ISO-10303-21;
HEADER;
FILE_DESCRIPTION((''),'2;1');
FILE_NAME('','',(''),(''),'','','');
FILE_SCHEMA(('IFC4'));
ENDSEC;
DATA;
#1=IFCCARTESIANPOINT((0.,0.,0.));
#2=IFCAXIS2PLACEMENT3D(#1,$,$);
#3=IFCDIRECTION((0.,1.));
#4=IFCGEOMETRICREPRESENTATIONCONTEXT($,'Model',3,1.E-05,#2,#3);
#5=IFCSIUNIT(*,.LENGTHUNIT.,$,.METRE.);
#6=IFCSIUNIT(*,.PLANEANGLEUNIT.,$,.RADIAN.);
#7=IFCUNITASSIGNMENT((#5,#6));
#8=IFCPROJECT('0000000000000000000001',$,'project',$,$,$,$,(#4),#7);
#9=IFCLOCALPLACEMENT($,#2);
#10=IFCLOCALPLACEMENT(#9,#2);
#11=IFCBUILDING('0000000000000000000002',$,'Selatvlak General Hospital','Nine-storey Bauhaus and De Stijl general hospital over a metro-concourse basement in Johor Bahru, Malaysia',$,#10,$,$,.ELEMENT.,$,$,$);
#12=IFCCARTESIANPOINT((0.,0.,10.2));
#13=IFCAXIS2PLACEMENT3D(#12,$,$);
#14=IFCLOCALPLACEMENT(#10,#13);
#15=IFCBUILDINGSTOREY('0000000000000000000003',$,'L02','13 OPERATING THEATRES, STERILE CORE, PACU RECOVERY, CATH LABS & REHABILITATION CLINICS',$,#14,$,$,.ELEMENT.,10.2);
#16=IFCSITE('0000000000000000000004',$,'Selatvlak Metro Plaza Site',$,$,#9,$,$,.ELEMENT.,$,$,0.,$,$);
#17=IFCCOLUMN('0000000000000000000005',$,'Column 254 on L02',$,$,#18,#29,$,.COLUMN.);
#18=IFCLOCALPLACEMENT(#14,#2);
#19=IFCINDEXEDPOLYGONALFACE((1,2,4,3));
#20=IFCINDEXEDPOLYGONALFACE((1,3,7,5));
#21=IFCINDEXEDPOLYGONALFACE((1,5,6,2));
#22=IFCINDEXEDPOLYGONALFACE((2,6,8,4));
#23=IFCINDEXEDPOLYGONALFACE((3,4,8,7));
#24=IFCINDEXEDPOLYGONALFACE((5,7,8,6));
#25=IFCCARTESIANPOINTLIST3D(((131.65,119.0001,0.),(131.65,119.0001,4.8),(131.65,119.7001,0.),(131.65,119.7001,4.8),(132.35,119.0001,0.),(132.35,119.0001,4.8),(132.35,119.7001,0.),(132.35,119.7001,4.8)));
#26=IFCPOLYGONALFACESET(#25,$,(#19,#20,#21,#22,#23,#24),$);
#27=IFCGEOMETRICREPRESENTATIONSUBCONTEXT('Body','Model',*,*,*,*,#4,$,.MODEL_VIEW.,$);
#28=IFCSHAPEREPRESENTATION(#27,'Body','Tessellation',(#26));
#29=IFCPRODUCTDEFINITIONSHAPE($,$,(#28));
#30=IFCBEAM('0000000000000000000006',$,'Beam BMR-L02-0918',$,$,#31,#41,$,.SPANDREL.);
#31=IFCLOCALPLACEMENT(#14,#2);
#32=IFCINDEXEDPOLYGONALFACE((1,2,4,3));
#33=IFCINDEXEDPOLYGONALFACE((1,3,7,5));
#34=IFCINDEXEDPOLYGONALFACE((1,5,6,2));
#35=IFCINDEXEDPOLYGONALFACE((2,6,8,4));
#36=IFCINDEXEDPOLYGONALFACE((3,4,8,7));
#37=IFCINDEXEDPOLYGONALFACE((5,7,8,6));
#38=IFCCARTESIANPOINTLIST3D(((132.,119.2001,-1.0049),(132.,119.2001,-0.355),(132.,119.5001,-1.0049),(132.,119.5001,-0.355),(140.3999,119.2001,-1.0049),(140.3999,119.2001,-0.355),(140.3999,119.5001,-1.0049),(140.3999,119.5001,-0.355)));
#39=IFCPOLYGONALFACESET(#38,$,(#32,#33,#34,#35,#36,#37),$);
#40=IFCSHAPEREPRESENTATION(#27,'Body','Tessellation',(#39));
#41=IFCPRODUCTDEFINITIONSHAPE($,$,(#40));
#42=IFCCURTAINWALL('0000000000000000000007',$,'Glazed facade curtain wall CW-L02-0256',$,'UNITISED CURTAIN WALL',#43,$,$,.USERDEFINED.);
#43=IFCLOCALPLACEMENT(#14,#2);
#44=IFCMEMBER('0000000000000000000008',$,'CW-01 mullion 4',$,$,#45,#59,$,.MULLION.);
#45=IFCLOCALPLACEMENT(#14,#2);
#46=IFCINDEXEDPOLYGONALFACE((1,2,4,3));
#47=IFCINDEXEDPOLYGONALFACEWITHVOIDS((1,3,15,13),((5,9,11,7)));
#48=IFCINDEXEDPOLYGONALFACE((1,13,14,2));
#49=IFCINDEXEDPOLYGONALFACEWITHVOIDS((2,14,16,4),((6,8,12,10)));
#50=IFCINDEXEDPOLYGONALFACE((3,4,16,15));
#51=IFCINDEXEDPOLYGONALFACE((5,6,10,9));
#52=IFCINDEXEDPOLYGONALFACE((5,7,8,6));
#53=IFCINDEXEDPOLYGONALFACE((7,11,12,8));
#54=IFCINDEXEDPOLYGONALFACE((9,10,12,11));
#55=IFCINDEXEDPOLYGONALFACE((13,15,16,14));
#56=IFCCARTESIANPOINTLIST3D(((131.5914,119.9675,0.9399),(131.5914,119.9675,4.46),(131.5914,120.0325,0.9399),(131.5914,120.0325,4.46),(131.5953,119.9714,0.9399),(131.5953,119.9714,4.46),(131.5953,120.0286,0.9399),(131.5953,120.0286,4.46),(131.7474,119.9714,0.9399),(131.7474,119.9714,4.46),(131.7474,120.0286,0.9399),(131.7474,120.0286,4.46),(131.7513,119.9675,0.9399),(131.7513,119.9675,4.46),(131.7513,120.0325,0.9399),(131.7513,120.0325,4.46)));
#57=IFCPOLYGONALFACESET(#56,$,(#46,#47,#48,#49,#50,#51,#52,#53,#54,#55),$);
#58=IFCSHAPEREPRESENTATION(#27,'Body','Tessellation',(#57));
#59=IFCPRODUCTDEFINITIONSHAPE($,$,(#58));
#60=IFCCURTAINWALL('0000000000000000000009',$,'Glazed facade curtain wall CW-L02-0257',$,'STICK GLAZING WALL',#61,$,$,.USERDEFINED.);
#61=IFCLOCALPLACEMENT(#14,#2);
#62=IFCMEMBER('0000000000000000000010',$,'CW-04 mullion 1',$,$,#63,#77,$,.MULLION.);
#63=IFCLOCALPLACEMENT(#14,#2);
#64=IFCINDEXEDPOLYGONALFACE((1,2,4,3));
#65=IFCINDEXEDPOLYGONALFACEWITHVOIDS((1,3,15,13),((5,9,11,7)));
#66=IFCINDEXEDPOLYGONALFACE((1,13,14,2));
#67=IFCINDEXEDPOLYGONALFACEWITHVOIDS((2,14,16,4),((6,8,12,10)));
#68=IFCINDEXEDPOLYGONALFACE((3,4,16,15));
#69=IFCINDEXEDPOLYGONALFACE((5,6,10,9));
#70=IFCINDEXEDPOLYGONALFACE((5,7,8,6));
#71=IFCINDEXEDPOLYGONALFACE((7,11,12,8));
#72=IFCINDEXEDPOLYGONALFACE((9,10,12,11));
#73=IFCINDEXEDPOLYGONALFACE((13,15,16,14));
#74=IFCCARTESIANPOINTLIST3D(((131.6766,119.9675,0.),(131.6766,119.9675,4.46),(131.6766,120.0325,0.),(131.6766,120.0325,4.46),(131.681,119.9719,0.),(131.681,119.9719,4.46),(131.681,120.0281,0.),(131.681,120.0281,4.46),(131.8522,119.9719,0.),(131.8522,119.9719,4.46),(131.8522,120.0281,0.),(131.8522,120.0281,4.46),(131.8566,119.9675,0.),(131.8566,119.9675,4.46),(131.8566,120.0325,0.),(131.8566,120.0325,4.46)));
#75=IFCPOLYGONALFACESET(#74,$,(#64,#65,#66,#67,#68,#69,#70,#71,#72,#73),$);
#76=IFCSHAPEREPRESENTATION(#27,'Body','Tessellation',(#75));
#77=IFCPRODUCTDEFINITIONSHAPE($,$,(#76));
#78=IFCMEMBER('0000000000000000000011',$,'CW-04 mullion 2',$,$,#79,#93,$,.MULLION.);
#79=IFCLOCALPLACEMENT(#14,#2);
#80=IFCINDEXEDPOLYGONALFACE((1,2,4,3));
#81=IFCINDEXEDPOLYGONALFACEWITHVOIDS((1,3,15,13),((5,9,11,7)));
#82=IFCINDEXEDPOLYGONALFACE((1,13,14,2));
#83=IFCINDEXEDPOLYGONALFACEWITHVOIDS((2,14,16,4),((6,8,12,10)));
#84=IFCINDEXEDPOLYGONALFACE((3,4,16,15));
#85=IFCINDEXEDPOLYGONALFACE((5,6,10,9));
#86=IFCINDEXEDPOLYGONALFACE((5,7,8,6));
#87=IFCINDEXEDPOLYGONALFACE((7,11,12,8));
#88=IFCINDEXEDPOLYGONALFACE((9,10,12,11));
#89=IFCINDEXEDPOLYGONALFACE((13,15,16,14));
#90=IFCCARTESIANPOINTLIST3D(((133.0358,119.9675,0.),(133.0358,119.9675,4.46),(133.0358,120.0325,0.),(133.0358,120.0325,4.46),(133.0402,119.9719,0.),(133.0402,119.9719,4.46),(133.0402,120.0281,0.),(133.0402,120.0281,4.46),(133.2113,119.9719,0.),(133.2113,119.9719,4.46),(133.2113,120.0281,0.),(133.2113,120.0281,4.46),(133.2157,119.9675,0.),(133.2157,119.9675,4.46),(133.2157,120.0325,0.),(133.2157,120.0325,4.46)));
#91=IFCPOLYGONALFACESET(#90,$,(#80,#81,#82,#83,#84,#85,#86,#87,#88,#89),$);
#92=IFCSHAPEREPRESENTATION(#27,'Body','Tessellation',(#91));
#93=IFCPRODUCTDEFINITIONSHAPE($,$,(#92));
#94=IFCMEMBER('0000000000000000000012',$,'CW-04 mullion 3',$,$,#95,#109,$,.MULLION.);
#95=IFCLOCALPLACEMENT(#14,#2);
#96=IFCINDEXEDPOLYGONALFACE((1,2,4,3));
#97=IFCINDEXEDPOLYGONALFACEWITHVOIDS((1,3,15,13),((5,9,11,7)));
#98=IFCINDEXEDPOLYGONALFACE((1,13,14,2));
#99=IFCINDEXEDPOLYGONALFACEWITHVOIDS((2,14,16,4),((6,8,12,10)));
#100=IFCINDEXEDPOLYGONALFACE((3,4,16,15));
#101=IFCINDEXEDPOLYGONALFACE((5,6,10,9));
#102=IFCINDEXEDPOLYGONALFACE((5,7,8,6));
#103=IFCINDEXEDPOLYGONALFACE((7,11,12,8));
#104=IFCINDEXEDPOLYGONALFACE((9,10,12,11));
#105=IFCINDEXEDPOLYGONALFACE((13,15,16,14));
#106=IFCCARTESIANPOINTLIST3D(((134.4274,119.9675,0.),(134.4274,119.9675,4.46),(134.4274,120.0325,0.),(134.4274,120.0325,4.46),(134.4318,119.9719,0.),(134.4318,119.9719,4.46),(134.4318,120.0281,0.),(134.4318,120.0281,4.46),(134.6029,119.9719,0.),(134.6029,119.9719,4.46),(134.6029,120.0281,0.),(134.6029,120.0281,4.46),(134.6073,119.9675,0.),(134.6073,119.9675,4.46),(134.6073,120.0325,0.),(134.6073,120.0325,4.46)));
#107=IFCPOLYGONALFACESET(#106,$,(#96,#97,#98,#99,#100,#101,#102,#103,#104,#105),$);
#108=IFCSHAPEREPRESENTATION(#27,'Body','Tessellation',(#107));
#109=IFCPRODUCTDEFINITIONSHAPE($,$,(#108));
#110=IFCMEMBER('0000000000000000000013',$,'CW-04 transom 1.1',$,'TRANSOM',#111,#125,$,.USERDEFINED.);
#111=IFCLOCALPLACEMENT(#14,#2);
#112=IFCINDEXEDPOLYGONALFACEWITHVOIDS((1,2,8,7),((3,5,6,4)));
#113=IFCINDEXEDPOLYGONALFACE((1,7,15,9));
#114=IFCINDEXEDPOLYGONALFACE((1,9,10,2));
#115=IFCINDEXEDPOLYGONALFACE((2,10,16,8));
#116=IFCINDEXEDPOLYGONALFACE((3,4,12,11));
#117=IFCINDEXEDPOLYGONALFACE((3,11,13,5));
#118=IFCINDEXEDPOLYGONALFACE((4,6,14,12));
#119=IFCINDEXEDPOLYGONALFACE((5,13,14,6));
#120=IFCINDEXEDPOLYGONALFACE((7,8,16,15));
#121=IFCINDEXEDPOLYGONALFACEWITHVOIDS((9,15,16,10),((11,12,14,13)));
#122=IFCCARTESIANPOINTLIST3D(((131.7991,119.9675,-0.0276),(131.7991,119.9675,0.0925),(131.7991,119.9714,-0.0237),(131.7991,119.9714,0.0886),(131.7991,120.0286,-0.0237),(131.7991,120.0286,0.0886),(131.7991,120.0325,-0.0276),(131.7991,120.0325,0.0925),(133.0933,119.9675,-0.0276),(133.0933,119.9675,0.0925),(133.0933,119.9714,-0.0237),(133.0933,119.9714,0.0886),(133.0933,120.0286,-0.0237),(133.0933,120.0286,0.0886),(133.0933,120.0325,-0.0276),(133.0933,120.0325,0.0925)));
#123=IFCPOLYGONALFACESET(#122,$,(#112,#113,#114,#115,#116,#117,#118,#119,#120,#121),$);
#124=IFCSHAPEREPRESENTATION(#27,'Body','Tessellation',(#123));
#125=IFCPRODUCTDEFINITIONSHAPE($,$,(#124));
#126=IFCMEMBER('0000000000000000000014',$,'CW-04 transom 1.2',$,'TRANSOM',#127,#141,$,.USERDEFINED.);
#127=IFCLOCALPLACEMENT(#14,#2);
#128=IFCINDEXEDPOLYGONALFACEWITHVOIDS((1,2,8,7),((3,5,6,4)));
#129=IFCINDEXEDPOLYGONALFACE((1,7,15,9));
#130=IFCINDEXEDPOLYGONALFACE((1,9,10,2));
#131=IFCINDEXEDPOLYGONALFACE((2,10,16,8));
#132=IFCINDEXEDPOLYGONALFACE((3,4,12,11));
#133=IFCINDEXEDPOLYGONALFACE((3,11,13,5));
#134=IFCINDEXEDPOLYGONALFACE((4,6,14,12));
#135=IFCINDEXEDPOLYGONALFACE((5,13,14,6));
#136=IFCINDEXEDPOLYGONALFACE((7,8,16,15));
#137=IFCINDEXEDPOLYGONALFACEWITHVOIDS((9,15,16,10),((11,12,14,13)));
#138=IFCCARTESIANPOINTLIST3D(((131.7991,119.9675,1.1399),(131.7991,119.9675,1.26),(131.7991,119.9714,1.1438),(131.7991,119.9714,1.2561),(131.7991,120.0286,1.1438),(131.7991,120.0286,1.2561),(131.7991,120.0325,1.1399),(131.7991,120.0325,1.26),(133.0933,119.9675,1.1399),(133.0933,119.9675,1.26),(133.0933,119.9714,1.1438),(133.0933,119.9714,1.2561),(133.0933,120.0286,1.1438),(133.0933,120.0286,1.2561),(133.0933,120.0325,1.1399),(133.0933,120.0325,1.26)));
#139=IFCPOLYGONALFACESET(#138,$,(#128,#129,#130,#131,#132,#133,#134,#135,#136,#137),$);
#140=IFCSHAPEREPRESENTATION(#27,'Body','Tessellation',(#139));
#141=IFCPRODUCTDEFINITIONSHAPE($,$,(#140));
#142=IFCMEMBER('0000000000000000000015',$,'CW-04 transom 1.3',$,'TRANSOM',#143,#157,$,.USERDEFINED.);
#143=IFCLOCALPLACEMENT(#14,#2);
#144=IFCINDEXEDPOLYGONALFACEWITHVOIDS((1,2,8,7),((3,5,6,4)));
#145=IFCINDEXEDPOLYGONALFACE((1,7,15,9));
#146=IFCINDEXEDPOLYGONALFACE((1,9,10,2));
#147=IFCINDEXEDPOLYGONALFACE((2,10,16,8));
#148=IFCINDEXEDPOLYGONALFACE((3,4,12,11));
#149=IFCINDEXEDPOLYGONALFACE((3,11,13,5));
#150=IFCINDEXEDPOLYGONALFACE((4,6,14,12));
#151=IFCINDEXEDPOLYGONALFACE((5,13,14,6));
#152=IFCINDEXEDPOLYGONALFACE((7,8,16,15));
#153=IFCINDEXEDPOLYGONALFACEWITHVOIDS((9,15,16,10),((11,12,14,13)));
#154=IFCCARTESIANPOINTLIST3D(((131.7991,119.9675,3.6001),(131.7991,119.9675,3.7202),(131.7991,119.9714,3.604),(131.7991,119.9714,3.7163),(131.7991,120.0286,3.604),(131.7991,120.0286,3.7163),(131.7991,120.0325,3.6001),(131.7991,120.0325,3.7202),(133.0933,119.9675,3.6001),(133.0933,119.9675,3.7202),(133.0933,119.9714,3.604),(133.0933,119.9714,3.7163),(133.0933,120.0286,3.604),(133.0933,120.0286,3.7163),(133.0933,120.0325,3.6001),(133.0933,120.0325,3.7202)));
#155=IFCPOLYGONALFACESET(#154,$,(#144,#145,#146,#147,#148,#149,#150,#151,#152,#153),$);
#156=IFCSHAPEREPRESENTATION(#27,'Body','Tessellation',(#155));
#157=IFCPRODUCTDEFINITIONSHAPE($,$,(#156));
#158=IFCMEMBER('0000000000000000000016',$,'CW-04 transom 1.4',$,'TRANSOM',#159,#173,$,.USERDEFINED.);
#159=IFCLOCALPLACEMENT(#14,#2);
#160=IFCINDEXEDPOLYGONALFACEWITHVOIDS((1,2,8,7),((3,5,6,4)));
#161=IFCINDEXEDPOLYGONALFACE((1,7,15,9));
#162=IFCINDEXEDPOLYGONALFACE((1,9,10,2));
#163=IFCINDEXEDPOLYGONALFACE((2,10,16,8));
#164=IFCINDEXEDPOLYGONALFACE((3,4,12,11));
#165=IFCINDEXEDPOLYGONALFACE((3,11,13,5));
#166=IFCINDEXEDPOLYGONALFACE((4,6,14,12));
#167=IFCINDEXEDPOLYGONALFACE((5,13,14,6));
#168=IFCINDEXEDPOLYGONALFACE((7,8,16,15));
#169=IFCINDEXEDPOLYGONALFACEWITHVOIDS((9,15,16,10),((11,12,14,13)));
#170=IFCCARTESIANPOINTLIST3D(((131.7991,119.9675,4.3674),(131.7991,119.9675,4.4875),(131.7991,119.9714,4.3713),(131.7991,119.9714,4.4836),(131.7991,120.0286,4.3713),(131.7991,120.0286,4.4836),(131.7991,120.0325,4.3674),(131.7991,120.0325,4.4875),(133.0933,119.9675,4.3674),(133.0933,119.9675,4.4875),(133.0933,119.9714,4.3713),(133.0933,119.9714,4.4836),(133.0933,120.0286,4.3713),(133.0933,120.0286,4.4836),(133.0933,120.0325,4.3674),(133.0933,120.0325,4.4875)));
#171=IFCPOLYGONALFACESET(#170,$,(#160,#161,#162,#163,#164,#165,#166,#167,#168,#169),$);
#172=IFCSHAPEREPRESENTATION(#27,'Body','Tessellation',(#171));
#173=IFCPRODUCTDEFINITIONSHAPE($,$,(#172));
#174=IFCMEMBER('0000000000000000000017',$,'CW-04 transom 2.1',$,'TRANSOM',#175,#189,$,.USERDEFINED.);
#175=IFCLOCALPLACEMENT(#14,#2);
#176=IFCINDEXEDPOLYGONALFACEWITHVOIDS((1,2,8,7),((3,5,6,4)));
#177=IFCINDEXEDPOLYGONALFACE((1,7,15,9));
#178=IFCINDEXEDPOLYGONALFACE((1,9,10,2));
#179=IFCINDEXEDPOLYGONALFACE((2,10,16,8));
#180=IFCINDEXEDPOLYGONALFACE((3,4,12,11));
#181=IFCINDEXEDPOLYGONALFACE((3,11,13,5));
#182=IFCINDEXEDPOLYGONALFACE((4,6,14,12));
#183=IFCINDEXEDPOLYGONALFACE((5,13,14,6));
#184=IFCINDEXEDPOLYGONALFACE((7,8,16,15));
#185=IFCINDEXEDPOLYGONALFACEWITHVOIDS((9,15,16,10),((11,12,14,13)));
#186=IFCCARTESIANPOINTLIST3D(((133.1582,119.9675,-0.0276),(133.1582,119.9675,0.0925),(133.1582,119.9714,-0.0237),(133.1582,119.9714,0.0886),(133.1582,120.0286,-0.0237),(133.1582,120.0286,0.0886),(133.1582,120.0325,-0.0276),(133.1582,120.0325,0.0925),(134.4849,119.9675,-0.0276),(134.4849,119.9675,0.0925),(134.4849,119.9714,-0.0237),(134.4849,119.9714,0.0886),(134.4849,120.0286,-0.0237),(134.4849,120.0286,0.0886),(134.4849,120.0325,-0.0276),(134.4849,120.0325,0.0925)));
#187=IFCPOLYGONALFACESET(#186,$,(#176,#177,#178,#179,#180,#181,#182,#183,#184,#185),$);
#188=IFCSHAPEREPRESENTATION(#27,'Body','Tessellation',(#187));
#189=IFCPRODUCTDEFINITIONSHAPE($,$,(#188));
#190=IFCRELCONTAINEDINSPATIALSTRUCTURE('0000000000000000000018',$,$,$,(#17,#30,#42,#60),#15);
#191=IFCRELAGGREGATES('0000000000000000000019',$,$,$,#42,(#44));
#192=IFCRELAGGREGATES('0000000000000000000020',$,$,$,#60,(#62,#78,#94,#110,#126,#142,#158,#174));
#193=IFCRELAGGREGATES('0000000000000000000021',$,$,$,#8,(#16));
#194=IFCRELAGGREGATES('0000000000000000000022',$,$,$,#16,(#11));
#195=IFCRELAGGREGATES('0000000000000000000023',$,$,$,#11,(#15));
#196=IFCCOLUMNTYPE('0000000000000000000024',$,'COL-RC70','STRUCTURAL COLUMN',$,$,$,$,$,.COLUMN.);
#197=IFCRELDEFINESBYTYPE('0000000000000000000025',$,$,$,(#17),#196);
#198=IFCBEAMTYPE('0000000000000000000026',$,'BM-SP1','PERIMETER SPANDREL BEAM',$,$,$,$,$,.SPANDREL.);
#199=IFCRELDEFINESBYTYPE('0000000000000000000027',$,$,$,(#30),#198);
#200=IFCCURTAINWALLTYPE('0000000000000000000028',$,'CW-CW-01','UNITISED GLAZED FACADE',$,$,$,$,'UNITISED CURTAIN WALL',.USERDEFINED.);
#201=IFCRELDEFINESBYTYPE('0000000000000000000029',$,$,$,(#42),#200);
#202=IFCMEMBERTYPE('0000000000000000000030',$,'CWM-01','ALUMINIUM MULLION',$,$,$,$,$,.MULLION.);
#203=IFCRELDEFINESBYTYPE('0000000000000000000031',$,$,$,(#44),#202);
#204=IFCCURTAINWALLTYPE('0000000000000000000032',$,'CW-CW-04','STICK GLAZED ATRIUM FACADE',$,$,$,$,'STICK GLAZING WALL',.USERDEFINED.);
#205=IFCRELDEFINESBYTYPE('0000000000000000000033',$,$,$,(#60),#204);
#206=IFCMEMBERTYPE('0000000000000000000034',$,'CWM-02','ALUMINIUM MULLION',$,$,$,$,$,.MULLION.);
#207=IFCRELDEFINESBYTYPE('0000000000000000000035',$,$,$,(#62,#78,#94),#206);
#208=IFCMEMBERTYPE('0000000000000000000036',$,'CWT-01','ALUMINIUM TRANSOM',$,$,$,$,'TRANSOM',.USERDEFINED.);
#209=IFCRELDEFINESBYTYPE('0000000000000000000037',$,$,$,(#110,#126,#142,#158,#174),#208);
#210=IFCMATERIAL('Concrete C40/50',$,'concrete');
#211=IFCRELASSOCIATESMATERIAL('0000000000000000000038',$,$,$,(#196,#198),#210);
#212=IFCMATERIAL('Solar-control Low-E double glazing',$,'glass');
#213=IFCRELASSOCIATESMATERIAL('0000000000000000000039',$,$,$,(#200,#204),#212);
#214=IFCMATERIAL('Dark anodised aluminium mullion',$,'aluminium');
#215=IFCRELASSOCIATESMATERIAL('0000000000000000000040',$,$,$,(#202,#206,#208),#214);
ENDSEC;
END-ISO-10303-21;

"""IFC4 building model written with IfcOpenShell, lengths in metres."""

from ifc_helpers import new_model, si_unit, direction, frame, origin, origin_2d, place, context, subcontext, project, spatial, rectangle, hollow_rectangle, extrude, material, material_profile, profile_set, type_object, element, aggregate, save


model = new_model("IFC4")

# Units and contexts
model_context = context("Model", 3, precision=1e-05, world=origin(), true_north=direction((0.0, 1.0)))
body_context = subcontext(model_context, "Body", "Model", "MODEL_VIEW")
ifc_project = project(units=[si_unit("LENGTHUNIT", "METRE"), si_unit("PLANEANGLEUNIT", "RADIAN")], contexts=[model_context])

# Site, building, storey
site_placement = place(None, origin())
site = spatial("IfcSite", under=ifc_project, at=site_placement, Name="Selatvlak Metro Plaza Site", CompositionType="ELEMENT", RefElevation=0.0)
building_placement = place(site_placement, origin())
building = spatial("IfcBuilding", under=site, at=building_placement, Name="Selatvlak General Hospital", Description="Nine-storey Bauhaus and De Stijl general hospital over a metro-concourse basement in Johor Bahru, Malaysia", CompositionType="ELEMENT")
storey_placement = place(building_placement, frame((0.0, 0.0, 10.2)))
storey = spatial("IfcBuildingStorey", under=building, at=storey_placement, Name="L02", Description="13 OPERATING THEATRES, STERILE CORE, PACU RECOVERY, CATH LABS & REHABILITATION CLINICS", CompositionType="ELEMENT", Elevation=10.2)

# Column
ifc_material_1 = material(Name="Concrete C40/50", Category="concrete")
ifc_material_profile_1 = material_profile(ifc_material_1, rectangle(XDim=0.7, YDim=0.7, at=origin_2d()), Name="RC-COL 700x700")
ifc_profile_set_1 = profile_set([ifc_material_profile_1], Name="Concrete C40/50")
column_type = type_object("IfcColumnType", Name="COL-RC70", Description="STRUCTURAL COLUMN", PredefinedType="COLUMN", material=ifc_profile_set_1)
column_placement = place(storey_placement, frame((132.0, 119.3501, 0.0), z_axis=(0.0, 0.0, 1.0), x_axis=(1.0, 0.0, 0.0)))
element("IfcColumn", 1, at=column_placement, inside=storey, type_object=column_type, Name="Column 254 on L02", PredefinedType="COLUMN", context=body_context, shape_type="SweptSolid", body=[
    extrude(rectangle(XDim=0.7, YDim=0.7, at=origin_2d()), origin(), (0.0, 0.0, 1.0), 4.8),
])

# Beam
ifc_material_profile_2 = material_profile(ifc_material_1, rectangle(XDim=0.3, YDim=0.6499, at=origin_2d()), Name="RC-SP 300x650")
ifc_profile_set_2 = profile_set([ifc_material_profile_2], Name="Concrete C40/50")
beam_type = type_object("IfcBeamType", Name="BM-SP1", Description="PERIMETER SPANDREL BEAM", PredefinedType="SPANDREL", material=ifc_profile_set_2)
beam_placement = place(storey_placement, frame((132.0, 119.3501, -0.6799), z_axis=(1.0, 0.0, 0.0), x_axis=(0.0, 1.0, 0.0)))
element("IfcBeam", 2, at=beam_placement, inside=storey, type_object=beam_type, Name="Beam BMR-L02-0918", PredefinedType="SPANDREL", context=body_context, shape_type="SweptSolid", body=[
    extrude(rectangle(XDim=0.3, YDim=0.6499, at=origin_2d()), origin(), (0.0, 0.0, 1.0), 8.3999),
])

# Curtain wall, member
ifc_material_2 = material(Name="Solar-control Low-E double glazing", Category="glass")
curtain_wall_type_1 = type_object("IfcCurtainWallType", Name="CW-CW-01", Description="UNITISED GLAZED FACADE", ElementType="UNITISED CURTAIN WALL", PredefinedType="USERDEFINED", material=ifc_material_2)
curtain_wall_1_placement = place(storey_placement, origin())
curtain_wall_1 = element("IfcCurtainWall", 3, at=curtain_wall_1_placement, inside=storey, type_object=curtain_wall_type_1, Name="Glazed facade curtain wall CW-L02-0256", ObjectType="UNITISED CURTAIN WALL", PredefinedType="USERDEFINED")
ifc_material_3 = material(Name="Dark anodised aluminium mullion", Category="aluminium")
ifc_material_profile_3 = material_profile(ifc_material_3, hollow_rectangle(XDim=0.0649, YDim=0.1599, WallThickness=0.0039, at=origin_2d()), Name="AL-MUL 65x160x4")
ifc_profile_set_3 = profile_set([ifc_material_profile_3], Name="Dark anodised aluminium mullion")
member_type_1 = type_object("IfcMemberType", Name="CWM-01", Description="ALUMINIUM MULLION", PredefinedType="MULLION", material=ifc_profile_set_3)
member_1_placement = place(storey_placement, frame((131.6714, 120.0, 0.9399), z_axis=(0.0, 0.0, 1.0), x_axis=(0.0, 1.0, 0.0)))
member_1 = element("IfcMember", 4, at=member_1_placement, type_object=member_type_1, Name="CW-01 mullion 4", PredefinedType="MULLION", context=body_context, shape_type="SweptSolid", body=[
    extrude(hollow_rectangle(XDim=0.0649, YDim=0.1599, WallThickness=0.0039, at=origin_2d()), origin(), (0.0, 0.0, 1.0), 3.52),
])

# Curtain wall, members
curtain_wall_type_2 = type_object("IfcCurtainWallType", Name="CW-CW-04", Description="STICK GLAZED ATRIUM FACADE", ElementType="STICK GLAZING WALL", PredefinedType="USERDEFINED", material=ifc_material_2)
curtain_wall_2_placement = place(storey_placement, origin())
curtain_wall_2 = element("IfcCurtainWall", 5, at=curtain_wall_2_placement, inside=storey, type_object=curtain_wall_type_2, Name="Glazed facade curtain wall CW-L02-0257", ObjectType="STICK GLAZING WALL", PredefinedType="USERDEFINED")
ifc_material_profile_4 = material_profile(ifc_material_3, hollow_rectangle(XDim=0.0649, YDim=0.1799, WallThickness=0.0044, at=origin_2d()), Name="AL-MUL 65x180x4.5")
ifc_profile_set_4 = profile_set([ifc_material_profile_4], Name="Dark anodised aluminium mullion")
member_type_2 = type_object("IfcMemberType", Name="CWM-02", Description="ALUMINIUM MULLION", PredefinedType="MULLION", material=ifc_profile_set_4)
member_2_placement = place(storey_placement, frame((131.7666, 120.0, 0.0), z_axis=(0.0, 0.0, 1.0), x_axis=(0.0, 1.0, 0.0)))
member_2 = element("IfcMember", 6, at=member_2_placement, type_object=member_type_2, Name="CW-04 mullion 1", PredefinedType="MULLION", context=body_context, shape_type="SweptSolid", body=[
    extrude(hollow_rectangle(XDim=0.0649, YDim=0.1799, WallThickness=0.0044, at=origin_2d()), origin(), (0.0, 0.0, 1.0), 4.46),
])
member_3_placement = place(storey_placement, frame((133.1257, 120.0, 0.0), z_axis=(0.0, 0.0, 1.0), x_axis=(0.0, 1.0, 0.0)))
member_3 = element("IfcMember", 7, at=member_3_placement, type_object=member_type_2, Name="CW-04 mullion 2", PredefinedType="MULLION", context=body_context, shape_type="SweptSolid", body=[
    extrude(hollow_rectangle(XDim=0.0649, YDim=0.1799, WallThickness=0.0044, at=origin_2d()), origin(), (0.0, 0.0, 1.0), 4.46),
])
member_4_placement = place(storey_placement, frame((134.5173, 120.0, 0.0), z_axis=(0.0, 0.0, 1.0), x_axis=(0.0, 1.0, 0.0)))
member_4 = element("IfcMember", 8, at=member_4_placement, type_object=member_type_2, Name="CW-04 mullion 3", PredefinedType="MULLION", context=body_context, shape_type="SweptSolid", body=[
    extrude(hollow_rectangle(XDim=0.0649, YDim=0.1799, WallThickness=0.0044, at=origin_2d()), origin(), (0.0, 0.0, 1.0), 4.46),
])
ifc_material_profile_5 = material_profile(ifc_material_3, hollow_rectangle(XDim=0.0649, YDim=0.1201, WallThickness=0.0039, at=origin_2d()), Name="AL-TRN 65x120x4")
ifc_profile_set_5 = profile_set([ifc_material_profile_5], Name="Dark anodised aluminium mullion")
member_type_3 = type_object("IfcMemberType", Name="CWT-01", Description="ALUMINIUM TRANSOM", ElementType="TRANSOM", PredefinedType="USERDEFINED", material=ifc_profile_set_5)
member_5_placement = place(storey_placement, frame((131.7991, 120.0, 0.0325), z_axis=(1.0, 0.0, 0.0), x_axis=(0.0, 1.0, 0.0)))
member_5 = element("IfcMember", 9, at=member_5_placement, type_object=member_type_3, Name="CW-04 transom 1.1", ObjectType="TRANSOM", PredefinedType="USERDEFINED", context=body_context, shape_type="SweptSolid", body=[
    extrude(hollow_rectangle(XDim=0.0649, YDim=0.1201, WallThickness=0.0039, at=origin_2d()), origin(), (0.0, 0.0, 1.0), 1.2942),
])
member_6_placement = place(storey_placement, frame((131.7991, 120.0, 1.2), z_axis=(1.0, 0.0, 0.0), x_axis=(0.0, 1.0, 0.0)))
member_6 = element("IfcMember", 10, at=member_6_placement, type_object=member_type_3, Name="CW-04 transom 1.2", ObjectType="TRANSOM", PredefinedType="USERDEFINED", context=body_context, shape_type="SweptSolid", body=[
    extrude(hollow_rectangle(XDim=0.0649, YDim=0.1201, WallThickness=0.0039, at=origin_2d()), origin(), (0.0, 0.0, 1.0), 1.2942),
])
member_7_placement = place(storey_placement, frame((131.7991, 120.0, 3.6602), z_axis=(1.0, 0.0, 0.0), x_axis=(0.0, 1.0, 0.0)))
member_7 = element("IfcMember", 11, at=member_7_placement, type_object=member_type_3, Name="CW-04 transom 1.3", ObjectType="TRANSOM", PredefinedType="USERDEFINED", context=body_context, shape_type="SweptSolid", body=[
    extrude(hollow_rectangle(XDim=0.0649, YDim=0.1201, WallThickness=0.0039, at=origin_2d()), origin(), (0.0, 0.0, 1.0), 1.2942),
])
member_8_placement = place(storey_placement, frame((131.7991, 120.0, 4.4275), z_axis=(1.0, 0.0, 0.0), x_axis=(0.0, 1.0, 0.0)))
member_8 = element("IfcMember", 12, at=member_8_placement, type_object=member_type_3, Name="CW-04 transom 1.4", ObjectType="TRANSOM", PredefinedType="USERDEFINED", context=body_context, shape_type="SweptSolid", body=[
    extrude(hollow_rectangle(XDim=0.0649, YDim=0.1201, WallThickness=0.0039, at=origin_2d()), origin(), (0.0, 0.0, 1.0), 1.2942),
])
member_9_placement = place(storey_placement, frame((133.1582, 120.0, 0.0325), z_axis=(1.0, 0.0, 0.0), x_axis=(0.0, 1.0, 0.0)))
member_9 = element("IfcMember", 13, at=member_9_placement, type_object=member_type_3, Name="CW-04 transom 2.1", ObjectType="TRANSOM", PredefinedType="USERDEFINED", context=body_context, shape_type="SweptSolid", body=[
    extrude(hollow_rectangle(XDim=0.0649, YDim=0.1201, WallThickness=0.0039, at=origin_2d()), origin(), (0.0, 0.0, 1.0), 1.3267),
])

aggregate(curtain_wall_1, [member_1])
aggregate(curtain_wall_2, [member_2, member_3, member_4, member_5, member_6, member_7, member_8, member_9])

save(model, "model.ifc")
